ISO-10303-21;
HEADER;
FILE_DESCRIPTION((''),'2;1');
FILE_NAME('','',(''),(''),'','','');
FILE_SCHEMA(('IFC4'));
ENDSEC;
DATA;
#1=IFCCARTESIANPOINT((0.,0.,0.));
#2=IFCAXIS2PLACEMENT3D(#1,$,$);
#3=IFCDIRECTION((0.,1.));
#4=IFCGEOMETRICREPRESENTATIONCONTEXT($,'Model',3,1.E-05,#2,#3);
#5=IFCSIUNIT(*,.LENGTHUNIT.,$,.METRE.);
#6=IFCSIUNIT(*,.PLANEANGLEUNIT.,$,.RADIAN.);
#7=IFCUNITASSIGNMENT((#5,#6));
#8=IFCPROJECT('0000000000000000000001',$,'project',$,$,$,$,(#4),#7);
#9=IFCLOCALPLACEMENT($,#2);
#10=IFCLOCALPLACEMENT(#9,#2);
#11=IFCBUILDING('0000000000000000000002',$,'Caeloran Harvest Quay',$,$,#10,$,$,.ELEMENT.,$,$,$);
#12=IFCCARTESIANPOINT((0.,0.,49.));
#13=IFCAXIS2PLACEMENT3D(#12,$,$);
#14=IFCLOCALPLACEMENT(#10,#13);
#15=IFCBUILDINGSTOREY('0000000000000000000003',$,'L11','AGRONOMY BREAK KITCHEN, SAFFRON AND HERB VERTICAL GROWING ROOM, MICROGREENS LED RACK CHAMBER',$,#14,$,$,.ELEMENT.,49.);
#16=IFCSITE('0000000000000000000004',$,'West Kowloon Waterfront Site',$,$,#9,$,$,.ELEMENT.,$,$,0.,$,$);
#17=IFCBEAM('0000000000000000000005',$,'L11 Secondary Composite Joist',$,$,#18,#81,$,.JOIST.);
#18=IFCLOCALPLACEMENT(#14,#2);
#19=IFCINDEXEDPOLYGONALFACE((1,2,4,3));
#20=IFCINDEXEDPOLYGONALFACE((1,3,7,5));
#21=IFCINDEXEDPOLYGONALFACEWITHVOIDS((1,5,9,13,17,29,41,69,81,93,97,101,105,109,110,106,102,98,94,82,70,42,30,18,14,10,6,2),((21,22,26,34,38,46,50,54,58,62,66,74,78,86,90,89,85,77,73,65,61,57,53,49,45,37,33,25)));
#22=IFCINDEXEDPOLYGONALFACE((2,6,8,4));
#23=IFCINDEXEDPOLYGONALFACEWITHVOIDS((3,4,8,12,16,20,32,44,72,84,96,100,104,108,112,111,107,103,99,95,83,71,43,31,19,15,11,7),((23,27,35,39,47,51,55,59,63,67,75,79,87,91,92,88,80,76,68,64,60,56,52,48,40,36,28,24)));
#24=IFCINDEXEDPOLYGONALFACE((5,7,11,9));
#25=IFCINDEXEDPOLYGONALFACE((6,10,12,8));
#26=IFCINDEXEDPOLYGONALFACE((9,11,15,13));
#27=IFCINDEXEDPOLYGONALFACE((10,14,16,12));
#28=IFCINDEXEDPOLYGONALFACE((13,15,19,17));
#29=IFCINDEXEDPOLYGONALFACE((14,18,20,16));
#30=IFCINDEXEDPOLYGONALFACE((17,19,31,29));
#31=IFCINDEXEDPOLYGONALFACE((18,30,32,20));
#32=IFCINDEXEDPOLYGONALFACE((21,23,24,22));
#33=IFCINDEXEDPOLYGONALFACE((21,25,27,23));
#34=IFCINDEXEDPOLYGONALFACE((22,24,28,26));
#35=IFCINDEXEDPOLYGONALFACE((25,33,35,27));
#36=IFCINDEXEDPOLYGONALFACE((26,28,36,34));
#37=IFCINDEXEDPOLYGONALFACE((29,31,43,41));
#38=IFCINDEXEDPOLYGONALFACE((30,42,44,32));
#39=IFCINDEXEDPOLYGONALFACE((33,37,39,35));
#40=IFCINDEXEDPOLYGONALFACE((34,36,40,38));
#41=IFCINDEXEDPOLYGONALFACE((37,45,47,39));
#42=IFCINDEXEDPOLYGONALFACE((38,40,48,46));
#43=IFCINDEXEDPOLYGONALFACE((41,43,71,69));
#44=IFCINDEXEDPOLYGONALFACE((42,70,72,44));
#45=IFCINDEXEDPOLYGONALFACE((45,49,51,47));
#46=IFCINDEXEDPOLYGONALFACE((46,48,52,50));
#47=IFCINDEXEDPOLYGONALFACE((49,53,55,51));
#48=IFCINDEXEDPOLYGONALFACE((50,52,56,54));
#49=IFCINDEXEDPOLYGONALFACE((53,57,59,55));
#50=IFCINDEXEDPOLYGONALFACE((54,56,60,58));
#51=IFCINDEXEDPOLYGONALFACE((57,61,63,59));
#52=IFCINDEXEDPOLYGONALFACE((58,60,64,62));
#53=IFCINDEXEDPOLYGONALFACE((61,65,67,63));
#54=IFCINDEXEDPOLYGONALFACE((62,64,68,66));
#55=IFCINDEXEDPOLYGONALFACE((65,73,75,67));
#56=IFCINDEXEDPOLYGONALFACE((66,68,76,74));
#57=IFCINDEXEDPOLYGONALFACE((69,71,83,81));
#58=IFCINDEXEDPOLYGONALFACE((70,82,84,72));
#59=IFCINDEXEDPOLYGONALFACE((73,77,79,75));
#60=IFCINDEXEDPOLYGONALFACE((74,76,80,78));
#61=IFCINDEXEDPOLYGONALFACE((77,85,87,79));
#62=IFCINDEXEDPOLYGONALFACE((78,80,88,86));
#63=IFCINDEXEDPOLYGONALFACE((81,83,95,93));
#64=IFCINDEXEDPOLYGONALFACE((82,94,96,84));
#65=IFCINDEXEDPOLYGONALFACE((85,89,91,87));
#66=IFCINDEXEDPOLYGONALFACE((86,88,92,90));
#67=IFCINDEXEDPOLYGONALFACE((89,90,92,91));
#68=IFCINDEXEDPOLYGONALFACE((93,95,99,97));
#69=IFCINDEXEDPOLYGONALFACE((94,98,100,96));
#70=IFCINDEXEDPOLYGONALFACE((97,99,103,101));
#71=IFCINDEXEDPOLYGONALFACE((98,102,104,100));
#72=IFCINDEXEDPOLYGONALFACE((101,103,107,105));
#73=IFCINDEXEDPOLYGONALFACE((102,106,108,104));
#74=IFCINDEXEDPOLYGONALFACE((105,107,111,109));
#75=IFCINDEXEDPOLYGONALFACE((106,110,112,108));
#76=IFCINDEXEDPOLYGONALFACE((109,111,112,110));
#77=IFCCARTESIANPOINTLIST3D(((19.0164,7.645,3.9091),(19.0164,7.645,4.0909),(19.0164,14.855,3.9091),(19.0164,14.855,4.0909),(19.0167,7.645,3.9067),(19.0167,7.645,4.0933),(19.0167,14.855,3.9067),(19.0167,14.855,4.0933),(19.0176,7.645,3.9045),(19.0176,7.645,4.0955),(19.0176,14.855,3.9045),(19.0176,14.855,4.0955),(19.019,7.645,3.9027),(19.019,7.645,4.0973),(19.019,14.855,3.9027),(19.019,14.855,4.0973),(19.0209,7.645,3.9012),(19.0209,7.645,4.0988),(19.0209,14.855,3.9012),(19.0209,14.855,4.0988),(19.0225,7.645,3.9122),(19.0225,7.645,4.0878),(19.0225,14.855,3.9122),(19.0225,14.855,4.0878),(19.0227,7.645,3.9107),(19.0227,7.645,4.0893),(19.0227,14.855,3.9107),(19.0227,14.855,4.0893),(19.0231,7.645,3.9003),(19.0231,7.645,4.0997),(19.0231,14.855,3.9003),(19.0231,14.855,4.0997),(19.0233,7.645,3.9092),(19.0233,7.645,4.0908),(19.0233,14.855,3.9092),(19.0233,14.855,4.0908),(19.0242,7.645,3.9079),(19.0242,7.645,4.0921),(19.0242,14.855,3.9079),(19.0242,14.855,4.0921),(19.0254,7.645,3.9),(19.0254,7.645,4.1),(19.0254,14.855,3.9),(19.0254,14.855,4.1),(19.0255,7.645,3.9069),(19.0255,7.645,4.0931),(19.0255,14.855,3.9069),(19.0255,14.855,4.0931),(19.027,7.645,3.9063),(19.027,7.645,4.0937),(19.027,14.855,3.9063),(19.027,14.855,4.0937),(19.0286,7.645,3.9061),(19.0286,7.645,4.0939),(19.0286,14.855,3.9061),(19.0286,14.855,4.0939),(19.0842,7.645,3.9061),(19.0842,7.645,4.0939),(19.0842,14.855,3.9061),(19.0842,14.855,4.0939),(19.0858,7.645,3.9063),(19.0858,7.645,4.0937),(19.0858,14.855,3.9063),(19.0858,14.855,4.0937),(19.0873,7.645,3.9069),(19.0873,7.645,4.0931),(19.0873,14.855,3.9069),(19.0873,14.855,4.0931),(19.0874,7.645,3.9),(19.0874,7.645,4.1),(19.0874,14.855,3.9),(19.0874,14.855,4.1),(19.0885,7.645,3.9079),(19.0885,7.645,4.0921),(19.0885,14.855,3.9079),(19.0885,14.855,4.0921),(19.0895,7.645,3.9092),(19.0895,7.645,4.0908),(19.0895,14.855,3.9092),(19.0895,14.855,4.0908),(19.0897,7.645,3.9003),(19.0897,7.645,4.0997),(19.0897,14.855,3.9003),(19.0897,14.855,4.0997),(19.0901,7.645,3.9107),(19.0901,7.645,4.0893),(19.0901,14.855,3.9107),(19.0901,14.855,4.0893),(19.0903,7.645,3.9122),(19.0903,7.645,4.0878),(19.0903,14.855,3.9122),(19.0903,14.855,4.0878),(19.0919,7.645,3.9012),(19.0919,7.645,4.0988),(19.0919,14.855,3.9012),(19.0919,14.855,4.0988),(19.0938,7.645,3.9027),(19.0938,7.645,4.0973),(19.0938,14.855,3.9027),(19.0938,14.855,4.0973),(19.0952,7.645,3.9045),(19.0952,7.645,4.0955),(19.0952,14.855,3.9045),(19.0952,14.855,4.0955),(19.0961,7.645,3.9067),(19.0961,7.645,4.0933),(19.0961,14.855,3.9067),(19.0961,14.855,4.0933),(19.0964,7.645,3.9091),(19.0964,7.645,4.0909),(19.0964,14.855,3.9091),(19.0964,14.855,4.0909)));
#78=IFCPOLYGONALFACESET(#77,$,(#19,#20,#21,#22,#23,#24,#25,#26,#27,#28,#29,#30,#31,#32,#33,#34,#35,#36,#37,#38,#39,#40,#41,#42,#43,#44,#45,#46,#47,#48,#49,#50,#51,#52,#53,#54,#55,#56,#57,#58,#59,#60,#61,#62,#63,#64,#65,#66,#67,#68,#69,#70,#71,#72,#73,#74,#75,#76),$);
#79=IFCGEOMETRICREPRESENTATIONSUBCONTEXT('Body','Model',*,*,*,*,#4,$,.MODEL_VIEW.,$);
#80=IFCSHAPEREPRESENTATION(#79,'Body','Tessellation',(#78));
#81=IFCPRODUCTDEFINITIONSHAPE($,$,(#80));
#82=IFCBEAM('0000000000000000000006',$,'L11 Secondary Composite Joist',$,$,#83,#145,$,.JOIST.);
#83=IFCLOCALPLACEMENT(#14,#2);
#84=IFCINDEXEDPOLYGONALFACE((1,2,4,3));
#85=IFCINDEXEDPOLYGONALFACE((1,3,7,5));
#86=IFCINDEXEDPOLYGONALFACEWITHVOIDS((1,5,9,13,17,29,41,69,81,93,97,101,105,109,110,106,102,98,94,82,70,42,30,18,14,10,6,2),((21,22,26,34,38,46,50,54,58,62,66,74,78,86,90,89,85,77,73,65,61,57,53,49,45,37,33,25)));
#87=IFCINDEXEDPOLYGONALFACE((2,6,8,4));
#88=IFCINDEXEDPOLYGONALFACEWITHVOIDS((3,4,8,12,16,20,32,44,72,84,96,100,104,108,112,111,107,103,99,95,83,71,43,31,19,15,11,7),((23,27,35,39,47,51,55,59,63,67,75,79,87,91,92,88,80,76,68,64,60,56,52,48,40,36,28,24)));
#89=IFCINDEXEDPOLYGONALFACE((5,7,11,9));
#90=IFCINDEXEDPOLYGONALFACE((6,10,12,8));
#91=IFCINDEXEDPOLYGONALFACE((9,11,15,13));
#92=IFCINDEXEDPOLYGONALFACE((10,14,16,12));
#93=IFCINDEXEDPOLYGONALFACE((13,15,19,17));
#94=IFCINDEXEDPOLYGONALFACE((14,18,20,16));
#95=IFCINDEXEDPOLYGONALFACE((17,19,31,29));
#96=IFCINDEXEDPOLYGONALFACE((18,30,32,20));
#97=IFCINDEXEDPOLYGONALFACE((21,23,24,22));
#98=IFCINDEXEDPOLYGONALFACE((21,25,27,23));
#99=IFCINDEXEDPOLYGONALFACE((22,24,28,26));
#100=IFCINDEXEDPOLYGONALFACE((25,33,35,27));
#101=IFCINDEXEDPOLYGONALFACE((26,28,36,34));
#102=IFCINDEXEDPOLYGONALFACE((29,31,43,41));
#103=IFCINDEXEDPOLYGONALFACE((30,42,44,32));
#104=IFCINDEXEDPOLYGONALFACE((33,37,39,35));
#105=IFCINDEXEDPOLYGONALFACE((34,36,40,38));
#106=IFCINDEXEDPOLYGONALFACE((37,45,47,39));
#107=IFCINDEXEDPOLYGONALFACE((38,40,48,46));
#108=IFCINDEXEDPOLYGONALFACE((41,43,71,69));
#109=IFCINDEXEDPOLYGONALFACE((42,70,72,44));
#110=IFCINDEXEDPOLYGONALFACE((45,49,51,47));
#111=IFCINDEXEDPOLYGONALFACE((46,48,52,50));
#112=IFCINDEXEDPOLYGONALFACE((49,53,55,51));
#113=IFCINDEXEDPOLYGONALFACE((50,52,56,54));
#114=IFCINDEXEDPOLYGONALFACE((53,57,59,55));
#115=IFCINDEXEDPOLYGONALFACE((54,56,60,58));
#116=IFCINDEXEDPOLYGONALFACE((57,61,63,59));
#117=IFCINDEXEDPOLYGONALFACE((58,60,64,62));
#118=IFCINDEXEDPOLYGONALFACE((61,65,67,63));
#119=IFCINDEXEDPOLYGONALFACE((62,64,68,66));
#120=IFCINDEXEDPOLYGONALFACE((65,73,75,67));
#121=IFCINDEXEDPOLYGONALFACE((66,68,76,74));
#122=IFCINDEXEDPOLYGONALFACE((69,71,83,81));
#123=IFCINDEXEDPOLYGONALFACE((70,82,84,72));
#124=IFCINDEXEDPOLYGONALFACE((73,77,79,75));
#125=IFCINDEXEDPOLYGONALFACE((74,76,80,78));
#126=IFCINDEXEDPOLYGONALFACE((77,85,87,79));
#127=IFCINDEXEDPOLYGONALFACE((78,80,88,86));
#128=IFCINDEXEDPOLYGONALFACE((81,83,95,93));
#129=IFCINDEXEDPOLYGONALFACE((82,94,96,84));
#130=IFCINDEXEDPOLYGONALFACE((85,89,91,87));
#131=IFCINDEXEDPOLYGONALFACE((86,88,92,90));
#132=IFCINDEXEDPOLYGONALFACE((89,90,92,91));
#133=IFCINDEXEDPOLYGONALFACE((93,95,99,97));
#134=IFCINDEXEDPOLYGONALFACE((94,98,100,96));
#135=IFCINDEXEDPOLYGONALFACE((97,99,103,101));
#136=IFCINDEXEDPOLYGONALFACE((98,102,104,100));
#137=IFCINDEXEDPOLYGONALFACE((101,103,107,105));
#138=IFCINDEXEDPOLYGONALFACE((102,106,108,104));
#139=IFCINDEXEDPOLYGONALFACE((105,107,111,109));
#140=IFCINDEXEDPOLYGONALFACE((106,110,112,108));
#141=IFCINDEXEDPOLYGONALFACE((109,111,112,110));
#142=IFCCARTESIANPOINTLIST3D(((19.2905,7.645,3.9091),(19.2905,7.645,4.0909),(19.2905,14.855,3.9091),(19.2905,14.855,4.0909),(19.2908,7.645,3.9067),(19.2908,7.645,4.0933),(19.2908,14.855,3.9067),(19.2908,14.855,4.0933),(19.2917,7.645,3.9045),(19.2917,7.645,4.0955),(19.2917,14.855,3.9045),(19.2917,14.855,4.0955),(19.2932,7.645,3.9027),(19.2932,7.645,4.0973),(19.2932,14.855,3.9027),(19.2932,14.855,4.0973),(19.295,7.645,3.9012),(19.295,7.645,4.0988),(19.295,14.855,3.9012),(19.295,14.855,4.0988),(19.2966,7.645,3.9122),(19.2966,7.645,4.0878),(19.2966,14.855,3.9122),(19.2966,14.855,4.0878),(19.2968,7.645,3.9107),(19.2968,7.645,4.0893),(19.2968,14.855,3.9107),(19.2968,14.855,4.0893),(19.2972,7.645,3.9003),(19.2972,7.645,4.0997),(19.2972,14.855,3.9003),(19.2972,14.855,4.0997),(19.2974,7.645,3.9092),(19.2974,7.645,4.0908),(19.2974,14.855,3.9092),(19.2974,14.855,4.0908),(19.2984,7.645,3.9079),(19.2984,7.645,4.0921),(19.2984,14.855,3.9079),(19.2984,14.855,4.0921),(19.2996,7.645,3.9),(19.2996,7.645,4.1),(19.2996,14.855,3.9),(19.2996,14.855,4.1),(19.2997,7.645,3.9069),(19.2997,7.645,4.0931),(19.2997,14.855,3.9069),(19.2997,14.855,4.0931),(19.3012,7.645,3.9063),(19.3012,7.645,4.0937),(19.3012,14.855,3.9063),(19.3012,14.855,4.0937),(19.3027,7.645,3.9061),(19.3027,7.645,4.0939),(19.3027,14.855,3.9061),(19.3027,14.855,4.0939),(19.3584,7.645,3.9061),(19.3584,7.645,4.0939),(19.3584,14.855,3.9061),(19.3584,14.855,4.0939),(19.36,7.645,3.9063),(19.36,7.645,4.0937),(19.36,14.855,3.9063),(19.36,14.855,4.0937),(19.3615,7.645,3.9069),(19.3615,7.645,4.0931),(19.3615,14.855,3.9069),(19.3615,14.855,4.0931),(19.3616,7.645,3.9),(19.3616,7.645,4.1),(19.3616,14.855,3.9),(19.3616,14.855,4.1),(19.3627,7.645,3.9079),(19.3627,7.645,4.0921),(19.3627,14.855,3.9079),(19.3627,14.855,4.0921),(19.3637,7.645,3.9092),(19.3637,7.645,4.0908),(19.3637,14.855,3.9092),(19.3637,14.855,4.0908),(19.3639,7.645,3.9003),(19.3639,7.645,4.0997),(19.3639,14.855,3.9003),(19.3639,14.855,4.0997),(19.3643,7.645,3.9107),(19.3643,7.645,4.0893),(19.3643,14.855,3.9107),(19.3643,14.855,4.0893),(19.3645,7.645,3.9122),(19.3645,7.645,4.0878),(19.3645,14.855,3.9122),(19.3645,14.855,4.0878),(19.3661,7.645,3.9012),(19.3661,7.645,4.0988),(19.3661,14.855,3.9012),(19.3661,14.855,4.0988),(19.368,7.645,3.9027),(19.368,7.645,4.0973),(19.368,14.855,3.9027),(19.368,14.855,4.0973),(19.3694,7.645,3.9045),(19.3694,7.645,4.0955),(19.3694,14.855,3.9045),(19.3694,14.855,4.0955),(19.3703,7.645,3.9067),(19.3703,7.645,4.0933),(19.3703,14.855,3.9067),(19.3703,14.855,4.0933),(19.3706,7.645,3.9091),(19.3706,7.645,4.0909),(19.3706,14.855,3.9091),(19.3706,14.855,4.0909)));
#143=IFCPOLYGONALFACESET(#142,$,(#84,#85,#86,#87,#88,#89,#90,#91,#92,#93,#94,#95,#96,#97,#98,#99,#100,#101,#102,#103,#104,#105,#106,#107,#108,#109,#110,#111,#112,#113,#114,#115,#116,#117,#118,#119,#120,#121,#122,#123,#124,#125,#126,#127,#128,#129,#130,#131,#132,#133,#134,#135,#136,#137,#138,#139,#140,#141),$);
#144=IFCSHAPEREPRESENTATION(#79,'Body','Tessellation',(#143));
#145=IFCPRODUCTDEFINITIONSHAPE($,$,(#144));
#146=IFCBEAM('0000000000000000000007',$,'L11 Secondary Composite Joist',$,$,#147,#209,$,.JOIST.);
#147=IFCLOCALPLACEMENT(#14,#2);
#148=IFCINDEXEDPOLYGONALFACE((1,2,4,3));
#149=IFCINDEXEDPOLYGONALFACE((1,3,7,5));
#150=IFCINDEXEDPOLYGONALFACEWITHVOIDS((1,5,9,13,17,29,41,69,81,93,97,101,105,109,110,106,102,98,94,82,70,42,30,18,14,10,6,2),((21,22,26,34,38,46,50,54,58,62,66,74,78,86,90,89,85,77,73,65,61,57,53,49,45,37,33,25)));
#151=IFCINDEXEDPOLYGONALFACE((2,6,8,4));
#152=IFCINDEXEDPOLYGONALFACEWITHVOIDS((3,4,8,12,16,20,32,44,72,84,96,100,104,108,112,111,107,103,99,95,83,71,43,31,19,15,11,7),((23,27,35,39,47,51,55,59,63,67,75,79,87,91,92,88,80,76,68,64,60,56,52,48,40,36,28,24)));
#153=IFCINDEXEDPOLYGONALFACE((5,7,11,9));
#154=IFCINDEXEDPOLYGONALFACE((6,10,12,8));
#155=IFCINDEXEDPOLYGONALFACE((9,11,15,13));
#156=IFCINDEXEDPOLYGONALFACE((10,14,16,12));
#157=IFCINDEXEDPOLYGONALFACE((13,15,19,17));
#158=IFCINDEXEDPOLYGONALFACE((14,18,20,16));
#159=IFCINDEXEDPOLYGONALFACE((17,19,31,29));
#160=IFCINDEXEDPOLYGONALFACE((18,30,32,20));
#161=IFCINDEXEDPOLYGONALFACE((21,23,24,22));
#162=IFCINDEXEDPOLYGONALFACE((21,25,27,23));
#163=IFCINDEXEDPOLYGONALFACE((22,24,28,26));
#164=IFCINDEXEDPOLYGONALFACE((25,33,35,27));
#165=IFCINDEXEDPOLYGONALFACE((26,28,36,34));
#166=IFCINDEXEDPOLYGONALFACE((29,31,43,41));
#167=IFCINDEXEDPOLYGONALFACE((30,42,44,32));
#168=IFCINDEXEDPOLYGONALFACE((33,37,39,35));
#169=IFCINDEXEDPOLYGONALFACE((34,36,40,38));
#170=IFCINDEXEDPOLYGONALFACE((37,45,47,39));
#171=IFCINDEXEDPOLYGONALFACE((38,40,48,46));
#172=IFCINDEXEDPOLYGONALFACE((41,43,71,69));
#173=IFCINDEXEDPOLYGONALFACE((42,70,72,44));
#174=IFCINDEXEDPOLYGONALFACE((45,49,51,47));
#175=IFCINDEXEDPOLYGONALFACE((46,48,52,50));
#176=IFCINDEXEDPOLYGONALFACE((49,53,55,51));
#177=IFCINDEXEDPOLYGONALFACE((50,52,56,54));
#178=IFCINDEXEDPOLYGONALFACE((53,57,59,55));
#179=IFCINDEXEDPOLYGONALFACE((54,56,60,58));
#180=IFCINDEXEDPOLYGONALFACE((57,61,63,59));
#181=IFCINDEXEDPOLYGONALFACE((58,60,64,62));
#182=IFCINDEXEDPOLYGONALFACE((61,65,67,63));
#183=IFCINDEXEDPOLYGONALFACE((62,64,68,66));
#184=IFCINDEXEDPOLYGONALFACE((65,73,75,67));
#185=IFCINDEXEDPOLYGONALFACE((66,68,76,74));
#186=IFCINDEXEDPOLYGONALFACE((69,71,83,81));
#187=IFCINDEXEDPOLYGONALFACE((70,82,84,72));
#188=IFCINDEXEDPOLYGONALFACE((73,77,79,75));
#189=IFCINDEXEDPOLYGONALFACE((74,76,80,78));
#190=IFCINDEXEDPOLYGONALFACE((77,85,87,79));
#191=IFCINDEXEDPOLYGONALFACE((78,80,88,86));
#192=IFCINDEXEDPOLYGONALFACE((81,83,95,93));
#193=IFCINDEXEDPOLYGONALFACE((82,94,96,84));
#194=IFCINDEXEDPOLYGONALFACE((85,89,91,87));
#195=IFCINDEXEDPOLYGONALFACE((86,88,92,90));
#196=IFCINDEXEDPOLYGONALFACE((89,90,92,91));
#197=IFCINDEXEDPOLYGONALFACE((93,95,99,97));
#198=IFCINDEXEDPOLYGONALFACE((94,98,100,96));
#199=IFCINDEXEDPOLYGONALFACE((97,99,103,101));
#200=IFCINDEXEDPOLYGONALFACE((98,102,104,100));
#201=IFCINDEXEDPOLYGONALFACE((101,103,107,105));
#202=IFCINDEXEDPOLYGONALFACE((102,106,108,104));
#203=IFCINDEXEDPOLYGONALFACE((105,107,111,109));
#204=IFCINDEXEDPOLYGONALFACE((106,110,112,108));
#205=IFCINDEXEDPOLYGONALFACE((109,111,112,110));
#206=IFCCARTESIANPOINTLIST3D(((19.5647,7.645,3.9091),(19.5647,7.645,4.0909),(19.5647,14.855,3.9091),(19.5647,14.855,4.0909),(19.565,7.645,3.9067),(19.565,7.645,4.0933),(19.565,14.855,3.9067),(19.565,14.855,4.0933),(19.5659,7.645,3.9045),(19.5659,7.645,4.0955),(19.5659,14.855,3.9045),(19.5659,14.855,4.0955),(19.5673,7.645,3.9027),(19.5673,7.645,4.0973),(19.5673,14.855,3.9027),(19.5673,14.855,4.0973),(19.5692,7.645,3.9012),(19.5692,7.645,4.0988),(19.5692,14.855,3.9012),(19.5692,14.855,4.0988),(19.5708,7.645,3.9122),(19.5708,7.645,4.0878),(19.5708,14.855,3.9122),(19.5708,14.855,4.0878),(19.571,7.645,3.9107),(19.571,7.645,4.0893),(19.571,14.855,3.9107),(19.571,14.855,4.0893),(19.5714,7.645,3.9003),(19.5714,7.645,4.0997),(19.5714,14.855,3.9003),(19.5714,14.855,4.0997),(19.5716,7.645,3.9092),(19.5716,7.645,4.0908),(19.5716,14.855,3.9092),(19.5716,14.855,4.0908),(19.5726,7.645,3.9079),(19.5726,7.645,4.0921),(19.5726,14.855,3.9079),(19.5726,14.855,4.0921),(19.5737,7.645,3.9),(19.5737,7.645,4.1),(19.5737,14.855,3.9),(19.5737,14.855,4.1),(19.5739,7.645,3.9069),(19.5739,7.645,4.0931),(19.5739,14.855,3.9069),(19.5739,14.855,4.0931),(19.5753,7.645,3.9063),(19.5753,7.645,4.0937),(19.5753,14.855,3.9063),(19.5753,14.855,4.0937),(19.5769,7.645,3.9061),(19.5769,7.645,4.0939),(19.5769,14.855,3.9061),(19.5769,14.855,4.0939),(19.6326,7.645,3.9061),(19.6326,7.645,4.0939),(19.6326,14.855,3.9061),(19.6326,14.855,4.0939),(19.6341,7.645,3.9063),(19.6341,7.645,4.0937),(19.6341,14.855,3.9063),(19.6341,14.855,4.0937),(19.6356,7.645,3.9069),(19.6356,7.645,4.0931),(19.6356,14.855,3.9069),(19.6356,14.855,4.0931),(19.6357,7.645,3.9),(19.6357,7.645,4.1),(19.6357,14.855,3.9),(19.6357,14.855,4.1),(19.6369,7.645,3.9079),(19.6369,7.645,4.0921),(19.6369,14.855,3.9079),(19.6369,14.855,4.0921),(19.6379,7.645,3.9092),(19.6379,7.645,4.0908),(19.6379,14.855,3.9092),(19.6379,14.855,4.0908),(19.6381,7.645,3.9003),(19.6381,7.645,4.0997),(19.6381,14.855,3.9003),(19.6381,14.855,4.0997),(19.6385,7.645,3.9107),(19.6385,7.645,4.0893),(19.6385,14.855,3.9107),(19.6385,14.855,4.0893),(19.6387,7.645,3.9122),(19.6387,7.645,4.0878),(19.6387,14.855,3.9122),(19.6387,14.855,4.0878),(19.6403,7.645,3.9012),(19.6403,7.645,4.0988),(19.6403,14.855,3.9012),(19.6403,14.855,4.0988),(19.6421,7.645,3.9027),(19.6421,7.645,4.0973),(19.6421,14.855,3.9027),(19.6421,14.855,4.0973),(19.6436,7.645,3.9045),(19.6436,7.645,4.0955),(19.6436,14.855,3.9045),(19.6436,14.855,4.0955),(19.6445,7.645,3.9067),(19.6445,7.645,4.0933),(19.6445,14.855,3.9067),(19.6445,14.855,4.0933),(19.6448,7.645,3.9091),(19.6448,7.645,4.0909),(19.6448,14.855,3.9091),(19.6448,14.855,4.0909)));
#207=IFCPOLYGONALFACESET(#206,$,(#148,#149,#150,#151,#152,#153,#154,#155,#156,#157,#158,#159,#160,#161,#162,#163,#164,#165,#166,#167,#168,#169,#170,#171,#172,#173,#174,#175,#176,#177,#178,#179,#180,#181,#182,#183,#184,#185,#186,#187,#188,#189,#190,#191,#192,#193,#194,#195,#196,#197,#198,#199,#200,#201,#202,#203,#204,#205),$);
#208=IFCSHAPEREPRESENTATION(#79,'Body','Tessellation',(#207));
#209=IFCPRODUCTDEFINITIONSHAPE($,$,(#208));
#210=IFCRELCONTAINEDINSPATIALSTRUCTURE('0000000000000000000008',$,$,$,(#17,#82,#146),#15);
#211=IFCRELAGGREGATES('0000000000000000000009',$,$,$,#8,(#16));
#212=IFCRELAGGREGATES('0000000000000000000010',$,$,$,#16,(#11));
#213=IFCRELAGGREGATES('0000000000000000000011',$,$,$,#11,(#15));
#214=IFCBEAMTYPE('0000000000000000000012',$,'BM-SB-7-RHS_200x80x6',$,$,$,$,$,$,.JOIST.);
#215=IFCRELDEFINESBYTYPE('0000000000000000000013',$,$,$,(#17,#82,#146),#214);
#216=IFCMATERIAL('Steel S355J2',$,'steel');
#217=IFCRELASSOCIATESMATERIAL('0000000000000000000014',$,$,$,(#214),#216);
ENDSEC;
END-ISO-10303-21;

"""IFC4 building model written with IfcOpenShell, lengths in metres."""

from ifc_helpers import new_model, si_unit, direction, frame, origin, origin_2d, place, context, subcontext, project, spatial, hollow_rectangle, extrude, material, material_profile, profile_set, type_object, element, save


model = new_model("IFC4")

# Units and contexts
model_context = context("Model", 3, precision=1e-05, world=origin(), true_north=direction((0.0, 1.0)))
body_context = subcontext(model_context, "Body", "Model", "MODEL_VIEW")
ifc_project = project(units=[si_unit("LENGTHUNIT", "METRE"), si_unit("PLANEANGLEUNIT", "RADIAN")], contexts=[model_context])

# Site, building, storey
site_placement = place(None, origin())
site = spatial("IfcSite", under=ifc_project, at=site_placement, Name="West Kowloon Waterfront Site", CompositionType="ELEMENT", RefElevation=0.0)
building_placement = place(site_placement, origin())
building = spatial("IfcBuilding", under=site, at=building_placement, Name="Caeloran Harvest Quay", CompositionType="ELEMENT")
storey_placement = place(building_placement, frame((0.0, 0.0, 49.0)))
storey = spatial("IfcBuildingStorey", under=building, at=storey_placement, Name="L11", Description="AGRONOMY BREAK KITCHEN, SAFFRON AND HERB VERTICAL GROWING ROOM, MICROGREENS LED RACK CHAMBER", CompositionType="ELEMENT", Elevation=49.0)

# Beams
ifc_material_1 = material(Name="Steel S355J2", Category="steel")
ifc_material_profile_1 = material_profile(ifc_material_1, hollow_rectangle(XDim=0.0801, YDim=0.2, WallThickness=0.0061, InnerFilletRadius=0.0061, OuterFilletRadius=0.009, at=origin_2d()), Name="RHS 200x80x6")
ifc_profile_set_1 = profile_set([ifc_material_profile_1], Name="Steel S355J2")
beam_type_1 = type_object("IfcBeamType", Name="BM-SB-7-RHS_200x80x6", PredefinedType="JOIST", material=ifc_profile_set_1)
for number, where, z_axis, x_axis, name in (
    (1, (19.0564, 7.645, 4.0), (0.0, 1.0, 0.0), (-1.0, 0.0, 0.0), "L11 Secondary Composite Joist"),
    (2, (19.3306, 7.645, 4.0), (0.0, 1.0, 0.0), (-1.0, 0.0, 0.0), "L11 Secondary Composite Joist"),
    (3, (19.6047, 7.645, 4.0), (0.0, 1.0, 0.0), (-1.0, 0.0, 0.0), "L11 Secondary Composite Joist"),
):
    element("IfcBeam", number, at=place(storey_placement, frame(where, z_axis=z_axis, x_axis=x_axis)), inside=storey, type_object=beam_type_1, Name=name, PredefinedType="JOIST", context=body_context, shape_type="SweptSolid", body=[
        extrude(hollow_rectangle(XDim=0.0801, YDim=0.2, WallThickness=0.0061, InnerFilletRadius=0.0061, OuterFilletRadius=0.009, at=origin_2d()), origin(), (0.0, 0.0, 1.0), 7.21),
    ])

save(model, "model.ifc")
